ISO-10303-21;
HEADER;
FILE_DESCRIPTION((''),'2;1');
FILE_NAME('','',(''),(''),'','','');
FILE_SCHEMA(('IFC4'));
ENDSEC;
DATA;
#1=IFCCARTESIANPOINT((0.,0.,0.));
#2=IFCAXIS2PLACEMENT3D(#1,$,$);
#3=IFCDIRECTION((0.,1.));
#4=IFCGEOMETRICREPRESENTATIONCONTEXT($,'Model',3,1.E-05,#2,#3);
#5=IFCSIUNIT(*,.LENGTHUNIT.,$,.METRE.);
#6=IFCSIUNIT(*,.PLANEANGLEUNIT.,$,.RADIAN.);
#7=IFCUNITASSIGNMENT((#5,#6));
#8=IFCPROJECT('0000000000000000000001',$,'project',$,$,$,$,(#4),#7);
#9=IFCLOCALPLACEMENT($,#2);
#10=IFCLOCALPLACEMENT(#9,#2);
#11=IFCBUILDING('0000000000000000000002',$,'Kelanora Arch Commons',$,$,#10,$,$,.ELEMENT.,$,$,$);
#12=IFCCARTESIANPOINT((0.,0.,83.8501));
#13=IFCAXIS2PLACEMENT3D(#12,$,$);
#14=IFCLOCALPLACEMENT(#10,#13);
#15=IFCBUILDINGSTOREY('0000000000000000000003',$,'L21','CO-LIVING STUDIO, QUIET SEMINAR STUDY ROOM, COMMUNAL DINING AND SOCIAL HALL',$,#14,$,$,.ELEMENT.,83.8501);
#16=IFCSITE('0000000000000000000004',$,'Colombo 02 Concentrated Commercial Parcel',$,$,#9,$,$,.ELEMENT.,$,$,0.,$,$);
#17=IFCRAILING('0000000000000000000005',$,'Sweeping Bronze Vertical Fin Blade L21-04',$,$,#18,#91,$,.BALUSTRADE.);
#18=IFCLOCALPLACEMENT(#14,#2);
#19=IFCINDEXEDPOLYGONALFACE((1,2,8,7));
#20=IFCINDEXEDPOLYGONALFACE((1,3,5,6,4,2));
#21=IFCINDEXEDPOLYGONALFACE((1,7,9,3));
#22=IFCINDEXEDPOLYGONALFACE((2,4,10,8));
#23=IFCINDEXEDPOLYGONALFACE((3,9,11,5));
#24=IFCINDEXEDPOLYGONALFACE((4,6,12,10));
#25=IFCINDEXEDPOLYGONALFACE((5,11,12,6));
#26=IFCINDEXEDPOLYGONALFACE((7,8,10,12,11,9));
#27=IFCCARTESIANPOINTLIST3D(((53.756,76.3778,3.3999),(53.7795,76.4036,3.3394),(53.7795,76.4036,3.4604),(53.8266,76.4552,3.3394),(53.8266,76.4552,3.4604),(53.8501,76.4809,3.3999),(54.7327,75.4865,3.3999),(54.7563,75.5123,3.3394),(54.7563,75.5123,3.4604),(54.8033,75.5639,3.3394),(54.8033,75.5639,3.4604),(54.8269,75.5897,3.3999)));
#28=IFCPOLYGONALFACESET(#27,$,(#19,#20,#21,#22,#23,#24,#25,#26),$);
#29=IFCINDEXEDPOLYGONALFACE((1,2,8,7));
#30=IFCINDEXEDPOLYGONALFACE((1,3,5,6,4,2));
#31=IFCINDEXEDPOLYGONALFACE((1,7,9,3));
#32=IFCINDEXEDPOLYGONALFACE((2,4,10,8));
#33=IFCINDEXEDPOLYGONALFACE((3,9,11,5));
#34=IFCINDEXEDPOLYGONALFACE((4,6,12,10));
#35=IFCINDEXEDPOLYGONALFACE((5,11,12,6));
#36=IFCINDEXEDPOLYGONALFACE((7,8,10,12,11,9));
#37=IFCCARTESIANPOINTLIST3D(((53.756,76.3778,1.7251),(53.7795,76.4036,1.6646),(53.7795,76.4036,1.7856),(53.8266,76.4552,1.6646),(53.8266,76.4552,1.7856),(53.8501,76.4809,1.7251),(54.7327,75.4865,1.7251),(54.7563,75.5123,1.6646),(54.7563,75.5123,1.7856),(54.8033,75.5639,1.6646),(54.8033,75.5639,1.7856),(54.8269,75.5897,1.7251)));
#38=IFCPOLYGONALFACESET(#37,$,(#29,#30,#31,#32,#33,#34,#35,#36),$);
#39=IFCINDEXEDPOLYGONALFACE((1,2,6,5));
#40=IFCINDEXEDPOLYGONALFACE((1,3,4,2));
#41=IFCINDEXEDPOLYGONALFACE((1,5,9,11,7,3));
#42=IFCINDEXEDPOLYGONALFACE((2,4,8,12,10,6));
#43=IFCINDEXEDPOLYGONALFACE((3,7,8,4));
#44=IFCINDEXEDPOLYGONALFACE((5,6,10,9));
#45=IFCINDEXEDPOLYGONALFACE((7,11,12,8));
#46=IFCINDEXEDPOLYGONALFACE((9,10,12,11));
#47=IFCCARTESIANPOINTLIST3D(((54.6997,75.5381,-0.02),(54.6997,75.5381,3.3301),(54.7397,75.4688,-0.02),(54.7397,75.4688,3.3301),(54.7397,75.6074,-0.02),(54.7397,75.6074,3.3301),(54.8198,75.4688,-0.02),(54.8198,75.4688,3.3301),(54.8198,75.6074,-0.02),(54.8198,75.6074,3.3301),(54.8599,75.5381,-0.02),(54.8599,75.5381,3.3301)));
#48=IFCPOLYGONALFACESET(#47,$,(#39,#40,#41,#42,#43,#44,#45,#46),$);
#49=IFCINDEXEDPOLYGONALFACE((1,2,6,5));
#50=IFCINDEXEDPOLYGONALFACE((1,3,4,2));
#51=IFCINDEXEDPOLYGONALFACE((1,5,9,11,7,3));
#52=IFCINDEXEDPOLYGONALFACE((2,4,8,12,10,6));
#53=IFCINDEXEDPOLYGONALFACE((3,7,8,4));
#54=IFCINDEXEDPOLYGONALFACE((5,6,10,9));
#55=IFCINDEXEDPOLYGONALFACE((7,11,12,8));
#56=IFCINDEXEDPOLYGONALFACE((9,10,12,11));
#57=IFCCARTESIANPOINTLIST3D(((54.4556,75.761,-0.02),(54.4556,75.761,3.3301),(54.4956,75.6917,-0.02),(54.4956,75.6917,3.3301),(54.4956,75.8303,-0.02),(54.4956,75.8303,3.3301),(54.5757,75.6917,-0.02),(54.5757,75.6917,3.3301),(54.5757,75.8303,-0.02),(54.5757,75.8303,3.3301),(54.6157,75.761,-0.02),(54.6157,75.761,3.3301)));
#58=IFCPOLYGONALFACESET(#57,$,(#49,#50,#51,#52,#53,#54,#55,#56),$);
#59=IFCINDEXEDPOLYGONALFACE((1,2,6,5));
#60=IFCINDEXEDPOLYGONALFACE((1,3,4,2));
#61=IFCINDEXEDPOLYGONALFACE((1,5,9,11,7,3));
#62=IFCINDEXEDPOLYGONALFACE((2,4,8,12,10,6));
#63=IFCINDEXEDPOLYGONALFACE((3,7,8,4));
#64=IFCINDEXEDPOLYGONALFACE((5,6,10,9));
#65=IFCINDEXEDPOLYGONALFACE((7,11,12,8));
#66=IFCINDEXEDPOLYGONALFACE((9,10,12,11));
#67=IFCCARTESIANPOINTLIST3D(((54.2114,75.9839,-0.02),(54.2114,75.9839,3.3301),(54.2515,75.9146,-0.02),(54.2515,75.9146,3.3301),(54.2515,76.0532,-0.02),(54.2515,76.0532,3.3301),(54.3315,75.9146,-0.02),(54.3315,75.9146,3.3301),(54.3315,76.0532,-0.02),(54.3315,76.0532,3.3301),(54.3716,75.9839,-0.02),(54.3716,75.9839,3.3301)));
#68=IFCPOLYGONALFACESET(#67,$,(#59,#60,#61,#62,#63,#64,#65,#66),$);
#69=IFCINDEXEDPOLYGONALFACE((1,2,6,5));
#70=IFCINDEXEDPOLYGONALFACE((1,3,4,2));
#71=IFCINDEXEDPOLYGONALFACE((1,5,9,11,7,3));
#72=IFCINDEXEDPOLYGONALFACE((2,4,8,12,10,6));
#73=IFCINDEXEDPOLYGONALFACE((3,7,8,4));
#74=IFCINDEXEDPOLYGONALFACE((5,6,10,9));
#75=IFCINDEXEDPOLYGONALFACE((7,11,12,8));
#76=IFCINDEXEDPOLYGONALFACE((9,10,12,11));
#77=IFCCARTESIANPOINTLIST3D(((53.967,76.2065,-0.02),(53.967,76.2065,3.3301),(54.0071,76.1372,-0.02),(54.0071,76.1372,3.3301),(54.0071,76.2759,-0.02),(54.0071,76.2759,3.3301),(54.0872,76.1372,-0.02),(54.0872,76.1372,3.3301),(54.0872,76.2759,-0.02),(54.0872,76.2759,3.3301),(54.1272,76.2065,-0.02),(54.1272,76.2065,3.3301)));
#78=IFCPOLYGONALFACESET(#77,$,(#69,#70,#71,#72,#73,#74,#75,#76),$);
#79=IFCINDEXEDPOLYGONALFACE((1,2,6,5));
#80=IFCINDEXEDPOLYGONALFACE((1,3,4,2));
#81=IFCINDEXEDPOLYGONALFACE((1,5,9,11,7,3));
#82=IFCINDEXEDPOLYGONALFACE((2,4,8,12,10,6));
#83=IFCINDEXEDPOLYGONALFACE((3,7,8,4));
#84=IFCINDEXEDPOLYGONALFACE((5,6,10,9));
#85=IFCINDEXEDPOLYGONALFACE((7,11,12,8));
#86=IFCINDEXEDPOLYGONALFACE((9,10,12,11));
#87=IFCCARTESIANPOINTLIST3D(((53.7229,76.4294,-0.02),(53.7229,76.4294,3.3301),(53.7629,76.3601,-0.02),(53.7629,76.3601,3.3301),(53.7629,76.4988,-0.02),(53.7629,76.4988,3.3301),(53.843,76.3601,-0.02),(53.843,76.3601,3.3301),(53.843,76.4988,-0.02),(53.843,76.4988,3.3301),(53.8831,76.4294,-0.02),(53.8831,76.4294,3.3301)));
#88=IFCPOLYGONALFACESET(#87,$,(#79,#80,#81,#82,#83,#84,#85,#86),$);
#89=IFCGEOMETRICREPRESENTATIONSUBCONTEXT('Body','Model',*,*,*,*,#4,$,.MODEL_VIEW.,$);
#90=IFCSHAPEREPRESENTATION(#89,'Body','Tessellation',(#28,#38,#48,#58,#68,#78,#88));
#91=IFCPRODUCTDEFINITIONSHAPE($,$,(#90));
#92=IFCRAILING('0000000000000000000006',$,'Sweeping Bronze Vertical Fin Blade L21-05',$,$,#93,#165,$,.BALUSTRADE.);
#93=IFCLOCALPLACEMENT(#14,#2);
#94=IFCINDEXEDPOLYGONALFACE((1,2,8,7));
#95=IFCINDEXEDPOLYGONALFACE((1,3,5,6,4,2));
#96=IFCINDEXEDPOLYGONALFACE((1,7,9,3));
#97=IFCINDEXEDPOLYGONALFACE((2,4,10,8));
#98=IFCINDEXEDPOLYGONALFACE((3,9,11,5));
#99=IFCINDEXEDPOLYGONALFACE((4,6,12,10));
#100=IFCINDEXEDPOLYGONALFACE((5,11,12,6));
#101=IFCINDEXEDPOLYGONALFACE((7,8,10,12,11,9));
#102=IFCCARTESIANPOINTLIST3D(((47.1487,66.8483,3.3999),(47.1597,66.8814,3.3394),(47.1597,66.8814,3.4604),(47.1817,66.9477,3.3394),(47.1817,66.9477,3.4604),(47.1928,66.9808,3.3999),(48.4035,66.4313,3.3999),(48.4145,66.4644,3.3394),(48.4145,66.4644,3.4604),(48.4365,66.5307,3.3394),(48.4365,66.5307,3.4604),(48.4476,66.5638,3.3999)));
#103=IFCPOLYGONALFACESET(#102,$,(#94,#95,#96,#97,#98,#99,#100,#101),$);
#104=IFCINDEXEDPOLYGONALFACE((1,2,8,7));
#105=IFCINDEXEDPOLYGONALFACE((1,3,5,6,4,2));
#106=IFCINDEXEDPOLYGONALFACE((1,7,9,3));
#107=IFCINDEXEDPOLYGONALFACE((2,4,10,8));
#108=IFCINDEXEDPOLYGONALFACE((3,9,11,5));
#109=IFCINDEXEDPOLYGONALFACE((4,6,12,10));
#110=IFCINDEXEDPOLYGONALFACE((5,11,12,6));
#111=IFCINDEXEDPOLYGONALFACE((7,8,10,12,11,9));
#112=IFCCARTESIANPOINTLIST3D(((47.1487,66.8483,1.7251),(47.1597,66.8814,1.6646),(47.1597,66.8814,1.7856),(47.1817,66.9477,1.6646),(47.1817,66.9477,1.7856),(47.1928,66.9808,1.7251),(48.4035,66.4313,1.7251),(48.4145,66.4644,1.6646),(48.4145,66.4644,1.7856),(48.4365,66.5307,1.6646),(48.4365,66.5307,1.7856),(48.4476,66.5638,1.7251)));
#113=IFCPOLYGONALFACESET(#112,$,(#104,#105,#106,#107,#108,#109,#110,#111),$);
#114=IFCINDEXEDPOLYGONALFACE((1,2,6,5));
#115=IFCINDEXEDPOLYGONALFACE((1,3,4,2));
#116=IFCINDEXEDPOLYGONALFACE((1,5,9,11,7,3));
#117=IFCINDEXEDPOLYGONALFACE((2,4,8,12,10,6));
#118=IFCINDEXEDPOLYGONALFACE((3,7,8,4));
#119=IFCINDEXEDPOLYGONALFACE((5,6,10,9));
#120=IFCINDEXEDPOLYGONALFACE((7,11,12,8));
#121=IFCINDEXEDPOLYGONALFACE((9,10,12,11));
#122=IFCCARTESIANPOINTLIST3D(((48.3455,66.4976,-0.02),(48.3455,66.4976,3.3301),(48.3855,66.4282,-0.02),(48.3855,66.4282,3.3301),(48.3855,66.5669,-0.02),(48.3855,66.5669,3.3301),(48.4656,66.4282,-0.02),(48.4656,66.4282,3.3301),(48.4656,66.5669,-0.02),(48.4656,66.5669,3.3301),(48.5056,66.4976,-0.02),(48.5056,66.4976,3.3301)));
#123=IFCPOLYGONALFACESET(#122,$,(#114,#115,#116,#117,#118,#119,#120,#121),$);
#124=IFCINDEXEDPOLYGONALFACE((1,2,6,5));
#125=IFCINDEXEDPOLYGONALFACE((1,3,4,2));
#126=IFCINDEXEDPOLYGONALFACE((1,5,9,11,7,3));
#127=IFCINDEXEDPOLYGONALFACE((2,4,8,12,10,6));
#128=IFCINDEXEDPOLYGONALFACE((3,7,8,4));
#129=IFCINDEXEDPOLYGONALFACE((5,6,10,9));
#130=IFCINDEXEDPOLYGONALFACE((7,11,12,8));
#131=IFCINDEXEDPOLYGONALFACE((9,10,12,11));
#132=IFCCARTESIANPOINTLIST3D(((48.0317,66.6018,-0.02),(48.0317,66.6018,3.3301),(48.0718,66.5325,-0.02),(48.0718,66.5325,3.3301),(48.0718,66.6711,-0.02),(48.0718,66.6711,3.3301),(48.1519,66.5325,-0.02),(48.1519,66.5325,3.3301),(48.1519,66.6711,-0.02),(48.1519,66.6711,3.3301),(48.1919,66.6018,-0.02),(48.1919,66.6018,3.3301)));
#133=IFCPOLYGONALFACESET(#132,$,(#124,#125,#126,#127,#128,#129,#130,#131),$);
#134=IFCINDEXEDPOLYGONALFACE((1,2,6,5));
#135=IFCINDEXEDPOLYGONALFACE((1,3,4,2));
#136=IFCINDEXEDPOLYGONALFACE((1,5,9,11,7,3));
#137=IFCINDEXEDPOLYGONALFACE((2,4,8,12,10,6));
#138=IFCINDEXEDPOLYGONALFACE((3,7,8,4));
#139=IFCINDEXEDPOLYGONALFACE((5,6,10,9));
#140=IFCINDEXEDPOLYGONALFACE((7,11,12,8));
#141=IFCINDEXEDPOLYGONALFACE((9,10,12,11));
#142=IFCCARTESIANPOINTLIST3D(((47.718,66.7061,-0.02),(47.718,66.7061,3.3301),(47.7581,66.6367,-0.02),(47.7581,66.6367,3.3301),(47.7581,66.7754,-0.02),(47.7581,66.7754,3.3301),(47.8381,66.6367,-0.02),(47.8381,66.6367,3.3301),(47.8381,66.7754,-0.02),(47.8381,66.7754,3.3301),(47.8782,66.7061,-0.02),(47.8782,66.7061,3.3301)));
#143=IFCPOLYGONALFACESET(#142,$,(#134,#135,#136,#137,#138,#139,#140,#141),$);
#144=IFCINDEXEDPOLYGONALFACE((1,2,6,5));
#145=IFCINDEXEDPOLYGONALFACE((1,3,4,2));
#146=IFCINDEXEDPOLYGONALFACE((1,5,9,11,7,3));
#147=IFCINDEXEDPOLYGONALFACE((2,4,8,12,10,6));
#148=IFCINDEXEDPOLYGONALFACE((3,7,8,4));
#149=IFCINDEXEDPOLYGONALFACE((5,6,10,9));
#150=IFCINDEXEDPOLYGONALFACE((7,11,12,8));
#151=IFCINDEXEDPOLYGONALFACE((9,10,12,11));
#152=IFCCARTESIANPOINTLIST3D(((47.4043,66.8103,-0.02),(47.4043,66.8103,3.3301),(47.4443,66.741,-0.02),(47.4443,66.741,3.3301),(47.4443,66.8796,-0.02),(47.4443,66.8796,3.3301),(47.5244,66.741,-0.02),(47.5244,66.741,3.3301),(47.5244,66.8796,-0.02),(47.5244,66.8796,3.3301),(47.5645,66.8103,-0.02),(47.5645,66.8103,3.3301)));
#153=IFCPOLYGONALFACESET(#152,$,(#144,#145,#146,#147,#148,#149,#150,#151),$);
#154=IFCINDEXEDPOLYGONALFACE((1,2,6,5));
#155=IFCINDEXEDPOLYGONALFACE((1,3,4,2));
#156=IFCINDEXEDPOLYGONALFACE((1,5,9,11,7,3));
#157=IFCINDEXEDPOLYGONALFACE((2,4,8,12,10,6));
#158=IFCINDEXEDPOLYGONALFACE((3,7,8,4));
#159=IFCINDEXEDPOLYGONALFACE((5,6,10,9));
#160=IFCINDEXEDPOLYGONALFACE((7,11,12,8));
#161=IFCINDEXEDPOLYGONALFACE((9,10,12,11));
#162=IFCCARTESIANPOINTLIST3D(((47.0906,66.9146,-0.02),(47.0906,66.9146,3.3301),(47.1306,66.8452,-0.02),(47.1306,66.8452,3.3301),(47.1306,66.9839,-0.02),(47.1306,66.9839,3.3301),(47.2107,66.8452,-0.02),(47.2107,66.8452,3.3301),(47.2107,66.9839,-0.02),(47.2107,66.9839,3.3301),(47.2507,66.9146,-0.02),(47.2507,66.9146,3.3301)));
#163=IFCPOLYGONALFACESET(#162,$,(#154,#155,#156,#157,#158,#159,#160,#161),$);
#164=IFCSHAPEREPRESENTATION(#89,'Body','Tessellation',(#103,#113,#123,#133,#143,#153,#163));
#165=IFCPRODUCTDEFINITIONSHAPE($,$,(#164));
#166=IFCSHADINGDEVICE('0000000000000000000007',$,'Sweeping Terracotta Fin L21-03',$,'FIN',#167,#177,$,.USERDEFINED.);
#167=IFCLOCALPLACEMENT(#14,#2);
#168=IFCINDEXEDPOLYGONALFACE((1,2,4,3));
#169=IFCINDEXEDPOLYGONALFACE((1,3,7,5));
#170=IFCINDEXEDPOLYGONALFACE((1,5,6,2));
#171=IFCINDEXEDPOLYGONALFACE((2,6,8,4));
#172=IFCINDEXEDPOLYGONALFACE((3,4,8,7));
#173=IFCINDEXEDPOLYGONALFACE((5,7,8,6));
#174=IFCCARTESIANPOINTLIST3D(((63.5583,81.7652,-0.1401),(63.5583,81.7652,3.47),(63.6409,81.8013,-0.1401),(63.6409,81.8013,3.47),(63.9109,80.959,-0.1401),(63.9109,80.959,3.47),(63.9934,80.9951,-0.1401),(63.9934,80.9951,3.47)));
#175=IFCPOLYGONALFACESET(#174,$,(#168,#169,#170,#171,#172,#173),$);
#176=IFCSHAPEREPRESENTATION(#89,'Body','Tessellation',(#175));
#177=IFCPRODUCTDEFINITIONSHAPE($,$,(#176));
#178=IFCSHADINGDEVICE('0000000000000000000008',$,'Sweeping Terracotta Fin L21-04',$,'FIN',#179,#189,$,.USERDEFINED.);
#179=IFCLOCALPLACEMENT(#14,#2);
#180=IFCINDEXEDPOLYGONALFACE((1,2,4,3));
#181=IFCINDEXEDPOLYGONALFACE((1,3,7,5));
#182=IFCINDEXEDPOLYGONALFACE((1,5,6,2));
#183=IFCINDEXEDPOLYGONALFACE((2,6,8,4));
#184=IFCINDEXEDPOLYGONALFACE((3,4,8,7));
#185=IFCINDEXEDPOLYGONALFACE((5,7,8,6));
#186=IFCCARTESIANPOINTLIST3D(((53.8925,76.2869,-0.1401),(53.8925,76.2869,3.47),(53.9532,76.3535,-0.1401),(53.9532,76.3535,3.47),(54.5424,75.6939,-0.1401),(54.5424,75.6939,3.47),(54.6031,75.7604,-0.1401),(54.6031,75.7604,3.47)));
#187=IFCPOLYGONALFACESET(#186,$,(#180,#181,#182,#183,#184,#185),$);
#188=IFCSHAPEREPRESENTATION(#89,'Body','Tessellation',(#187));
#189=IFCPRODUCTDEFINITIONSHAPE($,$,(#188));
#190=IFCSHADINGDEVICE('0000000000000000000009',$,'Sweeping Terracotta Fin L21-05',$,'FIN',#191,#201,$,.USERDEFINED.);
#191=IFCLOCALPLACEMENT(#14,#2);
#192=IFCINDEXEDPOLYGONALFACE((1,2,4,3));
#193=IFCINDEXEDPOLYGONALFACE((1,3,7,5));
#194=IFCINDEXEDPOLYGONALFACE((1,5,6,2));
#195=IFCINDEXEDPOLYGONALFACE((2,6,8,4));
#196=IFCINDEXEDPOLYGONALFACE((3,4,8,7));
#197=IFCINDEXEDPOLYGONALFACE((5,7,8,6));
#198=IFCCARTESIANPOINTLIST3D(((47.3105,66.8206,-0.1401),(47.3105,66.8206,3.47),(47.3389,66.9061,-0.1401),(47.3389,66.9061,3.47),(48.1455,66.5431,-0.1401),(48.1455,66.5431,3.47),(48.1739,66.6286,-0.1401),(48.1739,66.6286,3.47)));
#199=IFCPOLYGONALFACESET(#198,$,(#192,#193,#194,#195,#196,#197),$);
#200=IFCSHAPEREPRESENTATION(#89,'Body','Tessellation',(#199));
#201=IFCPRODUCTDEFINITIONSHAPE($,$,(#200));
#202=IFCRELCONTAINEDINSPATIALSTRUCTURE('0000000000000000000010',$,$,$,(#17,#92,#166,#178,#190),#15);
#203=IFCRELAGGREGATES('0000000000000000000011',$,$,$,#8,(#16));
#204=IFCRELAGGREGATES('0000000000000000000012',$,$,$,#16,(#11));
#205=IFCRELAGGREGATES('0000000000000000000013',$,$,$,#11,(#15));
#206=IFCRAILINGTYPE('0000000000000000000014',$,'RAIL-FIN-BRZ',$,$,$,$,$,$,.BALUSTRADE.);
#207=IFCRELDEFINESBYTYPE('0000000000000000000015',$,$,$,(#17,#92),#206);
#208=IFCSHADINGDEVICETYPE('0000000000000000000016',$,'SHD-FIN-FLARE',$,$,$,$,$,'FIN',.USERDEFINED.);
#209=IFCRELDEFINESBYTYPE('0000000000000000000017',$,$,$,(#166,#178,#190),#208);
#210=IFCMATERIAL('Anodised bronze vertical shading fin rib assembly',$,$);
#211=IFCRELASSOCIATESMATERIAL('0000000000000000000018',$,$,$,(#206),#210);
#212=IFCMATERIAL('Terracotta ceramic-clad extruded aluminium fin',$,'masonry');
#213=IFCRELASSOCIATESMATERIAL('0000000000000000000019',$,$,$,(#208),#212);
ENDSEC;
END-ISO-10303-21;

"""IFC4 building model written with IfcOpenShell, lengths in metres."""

from ifc_helpers import new_model, si_unit, direction, frame, origin, origin_2d, place, context, subcontext, project, spatial, polyline, rectangle, outline, extrude, source, transform, mapped, material, type_object, element, save


model = new_model("IFC4")

# Units and contexts
model_context = context("Model", 3, precision=1e-05, world=origin(), true_north=direction((0.0, 1.0)))
body_context = subcontext(model_context, "Body", "Model", "MODEL_VIEW")
ifc_project = project(units=[si_unit("LENGTHUNIT", "METRE"), si_unit("PLANEANGLEUNIT", "RADIAN")], contexts=[model_context])

# Site, building, storey
site_placement = place(None, origin())
site = spatial("IfcSite", under=ifc_project, at=site_placement, Name="Colombo 02 Concentrated Commercial Parcel", CompositionType="ELEMENT", RefElevation=0.0)
building_placement = place(site_placement, origin())
building = spatial("IfcBuilding", under=site, at=building_placement, Name="Kelanora Arch Commons", CompositionType="ELEMENT")
storey_placement = place(building_placement, frame((0.0, 0.0, 83.8501)))
storey = spatial("IfcBuildingStorey", under=building, at=storey_placement, Name="L21", Description="CO-LIVING STUDIO, QUIET SEMINAR STUDY ROOM, COMMUNAL DINING AND SOCIAL HALL", CompositionType="ELEMENT", Elevation=83.8501)

# Railings
ifc_material_1 = material(Name="Anodised bronze vertical shading fin rib assembly")
railing_type = type_object("IfcRailingType", Name="RAIL-FIN-BRZ", PredefinedType="BALUSTRADE", material=ifc_material_1)
railing_1_placement = place(storey_placement, frame((54.7798, 75.5381, -0.02)))
element("IfcRailing", 1, at=railing_1_placement, inside=storey, type_object=railing_type, Name="Sweeping Bronze Vertical Fin Blade L21-04", PredefinedType="BALUSTRADE", context=body_context, shape_type="SweptSolid", body=[
    extrude(outline(polyline([(0.0698, 0.0), (0.0349, 0.0605), (-0.0349, 0.0605), (-0.0698, 0.0), (-0.0349, -0.0605), (0.0349, -0.0605), (0.0698, 0.0)])), frame((0.0, 0.0, 3.4199), z_axis=(-0.738677, 0.674059, 0.0), x_axis=(-0.674059, -0.738677, 0.0)), (0.0, 0.0, 1.0), 1.3223),
    extrude(outline(polyline([(0.0698, 0.0), (0.0349, 0.0605), (-0.0349, 0.0605), (-0.0698, 0.0), (-0.0349, -0.0605), (0.0349, -0.0605), (0.0698, 0.0)])), frame((0.0, 0.0, 1.7451), z_axis=(-0.738677, 0.674059, 0.0), x_axis=(-0.674059, -0.738677, 0.0)), (0.0, 0.0, 1.0), 1.3223),
    extrude(outline(polyline([(0.0801, 0.0), (0.04, 0.0693), (-0.04, 0.0693), (-0.0801, 0.0), (-0.04, -0.0693), (0.04, -0.0693), (0.0801, 0.0)])), origin(), (0.0, 0.0, 1.0), 3.3501),
    extrude(outline(polyline([(0.0801, 0.0), (0.04, 0.0693), (-0.04, 0.0693), (-0.0801, 0.0), (-0.04, -0.0693), (0.04, -0.0693), (0.0801, 0.0)])), frame((-0.2441, 0.2229, 0.0)), (0.0, 0.0, 1.0), 3.3501),
    extrude(outline(polyline([(0.0801, 0.0), (0.04, 0.0693), (-0.04, 0.0693), (-0.0801, 0.0), (-0.04, -0.0693), (0.04, -0.0693), (0.0801, 0.0)])), frame((-0.4883, 0.4458, 0.0)), (0.0, 0.0, 1.0), 3.3501),
    extrude(outline(polyline([(0.0801, 0.0), (0.04, 0.0693), (-0.04, 0.0693), (-0.0801, 0.0), (-0.04, -0.0693), (0.04, -0.0693), (0.0801, 0.0)])), frame((-0.7327, 0.6685, 0.0)), (0.0, 0.0, 1.0), 3.3501),
    extrude(outline(polyline([(0.0801, 0.0), (0.04, 0.0693), (-0.04, 0.0693), (-0.0801, 0.0), (-0.04, -0.0693), (0.04, -0.0693), (0.0801, 0.0)])), frame((-0.9768, 0.8914, 0.0)), (0.0, 0.0, 1.0), 3.3501),
])
railing_2_placement = place(storey_placement, frame((48.4255, 66.4976, -0.02)))
element("IfcRailing", 2, at=railing_2_placement, inside=storey, type_object=railing_type, Name="Sweeping Bronze Vertical Fin Blade L21-05", PredefinedType="BALUSTRADE", context=body_context, shape_type="SweptSolid", body=[
    extrude(outline(polyline([(0.0698, 0.0), (0.0349, 0.0605), (-0.0349, 0.0605), (-0.0698, 0.0), (-0.0349, -0.0605), (0.0349, -0.0605), (0.0698, 0.0)])), frame((0.0, 0.0, 3.4199), z_axis=(-0.948978, 0.315341, 0.0), x_axis=(-0.315341, -0.948978, 0.0)), (0.0, 0.0, 1.0), 1.3223),
    extrude(outline(polyline([(0.0698, 0.0), (0.0349, 0.0605), (-0.0349, 0.0605), (-0.0698, 0.0), (-0.0349, -0.0605), (0.0349, -0.0605), (0.0698, 0.0)])), frame((0.0, 0.0, 1.7451), z_axis=(-0.948978, 0.315341, 0.0), x_axis=(-0.315341, -0.948978, 0.0)), (0.0, 0.0, 1.0), 1.3223),
    extrude(outline(polyline([(0.0801, 0.0), (0.04, 0.0693), (-0.04, 0.0693), (-0.0801, 0.0), (-0.04, -0.0693), (0.04, -0.0693), (0.0801, 0.0)])), origin(), (0.0, 0.0, 1.0), 3.3501),
    extrude(outline(polyline([(0.0801, 0.0), (0.04, 0.0693), (-0.04, 0.0693), (-0.0801, 0.0), (-0.04, -0.0693), (0.04, -0.0693), (0.0801, 0.0)])), frame((-0.3137, 0.1042, 0.0)), (0.0, 0.0, 1.0), 3.3501),
    extrude(outline(polyline([(0.0801, 0.0), (0.04, 0.0693), (-0.04, 0.0693), (-0.0801, 0.0), (-0.04, -0.0693), (0.04, -0.0693), (0.0801, 0.0)])), frame((-0.6274, 0.2085, 0.0)), (0.0, 0.0, 1.0), 3.3501),
    extrude(outline(polyline([(0.0801, 0.0), (0.04, 0.0693), (-0.04, 0.0693), (-0.0801, 0.0), (-0.04, -0.0693), (0.04, -0.0693), (0.0801, 0.0)])), frame((-0.9412, 0.3127, 0.0)), (0.0, 0.0, 1.0), 3.3501),
    extrude(outline(polyline([(0.0801, 0.0), (0.04, 0.0693), (-0.04, 0.0693), (-0.0801, 0.0), (-0.04, -0.0693), (0.04, -0.0693), (0.0801, 0.0)])), frame((-1.2549, 0.417, 0.0)), (0.0, 0.0, 1.0), 3.3501),
])

# Shading devices
ifc_material_2 = material(Name="Terracotta ceramic-clad extruded aluminium fin", Category="masonry")
shading_device_type = type_object("IfcShadingDeviceType", Name="SHD-FIN-FLARE", ElementType="FIN", PredefinedType="USERDEFINED", material=ifc_material_2)
shared_shape_1 = source(origin(), body_context, "Body", "SweptSolid", [
    extrude(rectangle(XDim=0.8799, YDim=0.0901, at=origin_2d()), origin(), (0.0, 0.0, 1.0), 3.6101),
])
for number, where, z_axis, x_axis, name in (
    (3, (63.7759, 81.3801, -0.1401), (0.0, 0.0, 1.0), (-0.400669, 0.916223, 0.0), "Sweeping Terracotta Fin L21-03"),
    (4, (54.2478, 76.0237, -0.1401), (0.0, 0.0, 1.0), (-0.738691, 0.674045, 0.0), "Sweeping Terracotta Fin L21-04"),
    (5, (47.7422, 66.7246, -0.1401), (0.0, 0.0, 1.0), (-0.948986, 0.315318, 0.0), "Sweeping Terracotta Fin L21-05"),
):
    element("IfcShadingDevice", number, at=place(storey_placement, frame(where, z_axis=z_axis, x_axis=x_axis)), inside=storey, type_object=shading_device_type, Name=name, ObjectType="FIN", PredefinedType="USERDEFINED", context=body_context, shape_type="MappedRepresentation", body=[
        mapped(shared_shape_1, transform((0.0, 0.0, 0.0), scale=1.0)),
    ])

save(model, "model.ifc")
